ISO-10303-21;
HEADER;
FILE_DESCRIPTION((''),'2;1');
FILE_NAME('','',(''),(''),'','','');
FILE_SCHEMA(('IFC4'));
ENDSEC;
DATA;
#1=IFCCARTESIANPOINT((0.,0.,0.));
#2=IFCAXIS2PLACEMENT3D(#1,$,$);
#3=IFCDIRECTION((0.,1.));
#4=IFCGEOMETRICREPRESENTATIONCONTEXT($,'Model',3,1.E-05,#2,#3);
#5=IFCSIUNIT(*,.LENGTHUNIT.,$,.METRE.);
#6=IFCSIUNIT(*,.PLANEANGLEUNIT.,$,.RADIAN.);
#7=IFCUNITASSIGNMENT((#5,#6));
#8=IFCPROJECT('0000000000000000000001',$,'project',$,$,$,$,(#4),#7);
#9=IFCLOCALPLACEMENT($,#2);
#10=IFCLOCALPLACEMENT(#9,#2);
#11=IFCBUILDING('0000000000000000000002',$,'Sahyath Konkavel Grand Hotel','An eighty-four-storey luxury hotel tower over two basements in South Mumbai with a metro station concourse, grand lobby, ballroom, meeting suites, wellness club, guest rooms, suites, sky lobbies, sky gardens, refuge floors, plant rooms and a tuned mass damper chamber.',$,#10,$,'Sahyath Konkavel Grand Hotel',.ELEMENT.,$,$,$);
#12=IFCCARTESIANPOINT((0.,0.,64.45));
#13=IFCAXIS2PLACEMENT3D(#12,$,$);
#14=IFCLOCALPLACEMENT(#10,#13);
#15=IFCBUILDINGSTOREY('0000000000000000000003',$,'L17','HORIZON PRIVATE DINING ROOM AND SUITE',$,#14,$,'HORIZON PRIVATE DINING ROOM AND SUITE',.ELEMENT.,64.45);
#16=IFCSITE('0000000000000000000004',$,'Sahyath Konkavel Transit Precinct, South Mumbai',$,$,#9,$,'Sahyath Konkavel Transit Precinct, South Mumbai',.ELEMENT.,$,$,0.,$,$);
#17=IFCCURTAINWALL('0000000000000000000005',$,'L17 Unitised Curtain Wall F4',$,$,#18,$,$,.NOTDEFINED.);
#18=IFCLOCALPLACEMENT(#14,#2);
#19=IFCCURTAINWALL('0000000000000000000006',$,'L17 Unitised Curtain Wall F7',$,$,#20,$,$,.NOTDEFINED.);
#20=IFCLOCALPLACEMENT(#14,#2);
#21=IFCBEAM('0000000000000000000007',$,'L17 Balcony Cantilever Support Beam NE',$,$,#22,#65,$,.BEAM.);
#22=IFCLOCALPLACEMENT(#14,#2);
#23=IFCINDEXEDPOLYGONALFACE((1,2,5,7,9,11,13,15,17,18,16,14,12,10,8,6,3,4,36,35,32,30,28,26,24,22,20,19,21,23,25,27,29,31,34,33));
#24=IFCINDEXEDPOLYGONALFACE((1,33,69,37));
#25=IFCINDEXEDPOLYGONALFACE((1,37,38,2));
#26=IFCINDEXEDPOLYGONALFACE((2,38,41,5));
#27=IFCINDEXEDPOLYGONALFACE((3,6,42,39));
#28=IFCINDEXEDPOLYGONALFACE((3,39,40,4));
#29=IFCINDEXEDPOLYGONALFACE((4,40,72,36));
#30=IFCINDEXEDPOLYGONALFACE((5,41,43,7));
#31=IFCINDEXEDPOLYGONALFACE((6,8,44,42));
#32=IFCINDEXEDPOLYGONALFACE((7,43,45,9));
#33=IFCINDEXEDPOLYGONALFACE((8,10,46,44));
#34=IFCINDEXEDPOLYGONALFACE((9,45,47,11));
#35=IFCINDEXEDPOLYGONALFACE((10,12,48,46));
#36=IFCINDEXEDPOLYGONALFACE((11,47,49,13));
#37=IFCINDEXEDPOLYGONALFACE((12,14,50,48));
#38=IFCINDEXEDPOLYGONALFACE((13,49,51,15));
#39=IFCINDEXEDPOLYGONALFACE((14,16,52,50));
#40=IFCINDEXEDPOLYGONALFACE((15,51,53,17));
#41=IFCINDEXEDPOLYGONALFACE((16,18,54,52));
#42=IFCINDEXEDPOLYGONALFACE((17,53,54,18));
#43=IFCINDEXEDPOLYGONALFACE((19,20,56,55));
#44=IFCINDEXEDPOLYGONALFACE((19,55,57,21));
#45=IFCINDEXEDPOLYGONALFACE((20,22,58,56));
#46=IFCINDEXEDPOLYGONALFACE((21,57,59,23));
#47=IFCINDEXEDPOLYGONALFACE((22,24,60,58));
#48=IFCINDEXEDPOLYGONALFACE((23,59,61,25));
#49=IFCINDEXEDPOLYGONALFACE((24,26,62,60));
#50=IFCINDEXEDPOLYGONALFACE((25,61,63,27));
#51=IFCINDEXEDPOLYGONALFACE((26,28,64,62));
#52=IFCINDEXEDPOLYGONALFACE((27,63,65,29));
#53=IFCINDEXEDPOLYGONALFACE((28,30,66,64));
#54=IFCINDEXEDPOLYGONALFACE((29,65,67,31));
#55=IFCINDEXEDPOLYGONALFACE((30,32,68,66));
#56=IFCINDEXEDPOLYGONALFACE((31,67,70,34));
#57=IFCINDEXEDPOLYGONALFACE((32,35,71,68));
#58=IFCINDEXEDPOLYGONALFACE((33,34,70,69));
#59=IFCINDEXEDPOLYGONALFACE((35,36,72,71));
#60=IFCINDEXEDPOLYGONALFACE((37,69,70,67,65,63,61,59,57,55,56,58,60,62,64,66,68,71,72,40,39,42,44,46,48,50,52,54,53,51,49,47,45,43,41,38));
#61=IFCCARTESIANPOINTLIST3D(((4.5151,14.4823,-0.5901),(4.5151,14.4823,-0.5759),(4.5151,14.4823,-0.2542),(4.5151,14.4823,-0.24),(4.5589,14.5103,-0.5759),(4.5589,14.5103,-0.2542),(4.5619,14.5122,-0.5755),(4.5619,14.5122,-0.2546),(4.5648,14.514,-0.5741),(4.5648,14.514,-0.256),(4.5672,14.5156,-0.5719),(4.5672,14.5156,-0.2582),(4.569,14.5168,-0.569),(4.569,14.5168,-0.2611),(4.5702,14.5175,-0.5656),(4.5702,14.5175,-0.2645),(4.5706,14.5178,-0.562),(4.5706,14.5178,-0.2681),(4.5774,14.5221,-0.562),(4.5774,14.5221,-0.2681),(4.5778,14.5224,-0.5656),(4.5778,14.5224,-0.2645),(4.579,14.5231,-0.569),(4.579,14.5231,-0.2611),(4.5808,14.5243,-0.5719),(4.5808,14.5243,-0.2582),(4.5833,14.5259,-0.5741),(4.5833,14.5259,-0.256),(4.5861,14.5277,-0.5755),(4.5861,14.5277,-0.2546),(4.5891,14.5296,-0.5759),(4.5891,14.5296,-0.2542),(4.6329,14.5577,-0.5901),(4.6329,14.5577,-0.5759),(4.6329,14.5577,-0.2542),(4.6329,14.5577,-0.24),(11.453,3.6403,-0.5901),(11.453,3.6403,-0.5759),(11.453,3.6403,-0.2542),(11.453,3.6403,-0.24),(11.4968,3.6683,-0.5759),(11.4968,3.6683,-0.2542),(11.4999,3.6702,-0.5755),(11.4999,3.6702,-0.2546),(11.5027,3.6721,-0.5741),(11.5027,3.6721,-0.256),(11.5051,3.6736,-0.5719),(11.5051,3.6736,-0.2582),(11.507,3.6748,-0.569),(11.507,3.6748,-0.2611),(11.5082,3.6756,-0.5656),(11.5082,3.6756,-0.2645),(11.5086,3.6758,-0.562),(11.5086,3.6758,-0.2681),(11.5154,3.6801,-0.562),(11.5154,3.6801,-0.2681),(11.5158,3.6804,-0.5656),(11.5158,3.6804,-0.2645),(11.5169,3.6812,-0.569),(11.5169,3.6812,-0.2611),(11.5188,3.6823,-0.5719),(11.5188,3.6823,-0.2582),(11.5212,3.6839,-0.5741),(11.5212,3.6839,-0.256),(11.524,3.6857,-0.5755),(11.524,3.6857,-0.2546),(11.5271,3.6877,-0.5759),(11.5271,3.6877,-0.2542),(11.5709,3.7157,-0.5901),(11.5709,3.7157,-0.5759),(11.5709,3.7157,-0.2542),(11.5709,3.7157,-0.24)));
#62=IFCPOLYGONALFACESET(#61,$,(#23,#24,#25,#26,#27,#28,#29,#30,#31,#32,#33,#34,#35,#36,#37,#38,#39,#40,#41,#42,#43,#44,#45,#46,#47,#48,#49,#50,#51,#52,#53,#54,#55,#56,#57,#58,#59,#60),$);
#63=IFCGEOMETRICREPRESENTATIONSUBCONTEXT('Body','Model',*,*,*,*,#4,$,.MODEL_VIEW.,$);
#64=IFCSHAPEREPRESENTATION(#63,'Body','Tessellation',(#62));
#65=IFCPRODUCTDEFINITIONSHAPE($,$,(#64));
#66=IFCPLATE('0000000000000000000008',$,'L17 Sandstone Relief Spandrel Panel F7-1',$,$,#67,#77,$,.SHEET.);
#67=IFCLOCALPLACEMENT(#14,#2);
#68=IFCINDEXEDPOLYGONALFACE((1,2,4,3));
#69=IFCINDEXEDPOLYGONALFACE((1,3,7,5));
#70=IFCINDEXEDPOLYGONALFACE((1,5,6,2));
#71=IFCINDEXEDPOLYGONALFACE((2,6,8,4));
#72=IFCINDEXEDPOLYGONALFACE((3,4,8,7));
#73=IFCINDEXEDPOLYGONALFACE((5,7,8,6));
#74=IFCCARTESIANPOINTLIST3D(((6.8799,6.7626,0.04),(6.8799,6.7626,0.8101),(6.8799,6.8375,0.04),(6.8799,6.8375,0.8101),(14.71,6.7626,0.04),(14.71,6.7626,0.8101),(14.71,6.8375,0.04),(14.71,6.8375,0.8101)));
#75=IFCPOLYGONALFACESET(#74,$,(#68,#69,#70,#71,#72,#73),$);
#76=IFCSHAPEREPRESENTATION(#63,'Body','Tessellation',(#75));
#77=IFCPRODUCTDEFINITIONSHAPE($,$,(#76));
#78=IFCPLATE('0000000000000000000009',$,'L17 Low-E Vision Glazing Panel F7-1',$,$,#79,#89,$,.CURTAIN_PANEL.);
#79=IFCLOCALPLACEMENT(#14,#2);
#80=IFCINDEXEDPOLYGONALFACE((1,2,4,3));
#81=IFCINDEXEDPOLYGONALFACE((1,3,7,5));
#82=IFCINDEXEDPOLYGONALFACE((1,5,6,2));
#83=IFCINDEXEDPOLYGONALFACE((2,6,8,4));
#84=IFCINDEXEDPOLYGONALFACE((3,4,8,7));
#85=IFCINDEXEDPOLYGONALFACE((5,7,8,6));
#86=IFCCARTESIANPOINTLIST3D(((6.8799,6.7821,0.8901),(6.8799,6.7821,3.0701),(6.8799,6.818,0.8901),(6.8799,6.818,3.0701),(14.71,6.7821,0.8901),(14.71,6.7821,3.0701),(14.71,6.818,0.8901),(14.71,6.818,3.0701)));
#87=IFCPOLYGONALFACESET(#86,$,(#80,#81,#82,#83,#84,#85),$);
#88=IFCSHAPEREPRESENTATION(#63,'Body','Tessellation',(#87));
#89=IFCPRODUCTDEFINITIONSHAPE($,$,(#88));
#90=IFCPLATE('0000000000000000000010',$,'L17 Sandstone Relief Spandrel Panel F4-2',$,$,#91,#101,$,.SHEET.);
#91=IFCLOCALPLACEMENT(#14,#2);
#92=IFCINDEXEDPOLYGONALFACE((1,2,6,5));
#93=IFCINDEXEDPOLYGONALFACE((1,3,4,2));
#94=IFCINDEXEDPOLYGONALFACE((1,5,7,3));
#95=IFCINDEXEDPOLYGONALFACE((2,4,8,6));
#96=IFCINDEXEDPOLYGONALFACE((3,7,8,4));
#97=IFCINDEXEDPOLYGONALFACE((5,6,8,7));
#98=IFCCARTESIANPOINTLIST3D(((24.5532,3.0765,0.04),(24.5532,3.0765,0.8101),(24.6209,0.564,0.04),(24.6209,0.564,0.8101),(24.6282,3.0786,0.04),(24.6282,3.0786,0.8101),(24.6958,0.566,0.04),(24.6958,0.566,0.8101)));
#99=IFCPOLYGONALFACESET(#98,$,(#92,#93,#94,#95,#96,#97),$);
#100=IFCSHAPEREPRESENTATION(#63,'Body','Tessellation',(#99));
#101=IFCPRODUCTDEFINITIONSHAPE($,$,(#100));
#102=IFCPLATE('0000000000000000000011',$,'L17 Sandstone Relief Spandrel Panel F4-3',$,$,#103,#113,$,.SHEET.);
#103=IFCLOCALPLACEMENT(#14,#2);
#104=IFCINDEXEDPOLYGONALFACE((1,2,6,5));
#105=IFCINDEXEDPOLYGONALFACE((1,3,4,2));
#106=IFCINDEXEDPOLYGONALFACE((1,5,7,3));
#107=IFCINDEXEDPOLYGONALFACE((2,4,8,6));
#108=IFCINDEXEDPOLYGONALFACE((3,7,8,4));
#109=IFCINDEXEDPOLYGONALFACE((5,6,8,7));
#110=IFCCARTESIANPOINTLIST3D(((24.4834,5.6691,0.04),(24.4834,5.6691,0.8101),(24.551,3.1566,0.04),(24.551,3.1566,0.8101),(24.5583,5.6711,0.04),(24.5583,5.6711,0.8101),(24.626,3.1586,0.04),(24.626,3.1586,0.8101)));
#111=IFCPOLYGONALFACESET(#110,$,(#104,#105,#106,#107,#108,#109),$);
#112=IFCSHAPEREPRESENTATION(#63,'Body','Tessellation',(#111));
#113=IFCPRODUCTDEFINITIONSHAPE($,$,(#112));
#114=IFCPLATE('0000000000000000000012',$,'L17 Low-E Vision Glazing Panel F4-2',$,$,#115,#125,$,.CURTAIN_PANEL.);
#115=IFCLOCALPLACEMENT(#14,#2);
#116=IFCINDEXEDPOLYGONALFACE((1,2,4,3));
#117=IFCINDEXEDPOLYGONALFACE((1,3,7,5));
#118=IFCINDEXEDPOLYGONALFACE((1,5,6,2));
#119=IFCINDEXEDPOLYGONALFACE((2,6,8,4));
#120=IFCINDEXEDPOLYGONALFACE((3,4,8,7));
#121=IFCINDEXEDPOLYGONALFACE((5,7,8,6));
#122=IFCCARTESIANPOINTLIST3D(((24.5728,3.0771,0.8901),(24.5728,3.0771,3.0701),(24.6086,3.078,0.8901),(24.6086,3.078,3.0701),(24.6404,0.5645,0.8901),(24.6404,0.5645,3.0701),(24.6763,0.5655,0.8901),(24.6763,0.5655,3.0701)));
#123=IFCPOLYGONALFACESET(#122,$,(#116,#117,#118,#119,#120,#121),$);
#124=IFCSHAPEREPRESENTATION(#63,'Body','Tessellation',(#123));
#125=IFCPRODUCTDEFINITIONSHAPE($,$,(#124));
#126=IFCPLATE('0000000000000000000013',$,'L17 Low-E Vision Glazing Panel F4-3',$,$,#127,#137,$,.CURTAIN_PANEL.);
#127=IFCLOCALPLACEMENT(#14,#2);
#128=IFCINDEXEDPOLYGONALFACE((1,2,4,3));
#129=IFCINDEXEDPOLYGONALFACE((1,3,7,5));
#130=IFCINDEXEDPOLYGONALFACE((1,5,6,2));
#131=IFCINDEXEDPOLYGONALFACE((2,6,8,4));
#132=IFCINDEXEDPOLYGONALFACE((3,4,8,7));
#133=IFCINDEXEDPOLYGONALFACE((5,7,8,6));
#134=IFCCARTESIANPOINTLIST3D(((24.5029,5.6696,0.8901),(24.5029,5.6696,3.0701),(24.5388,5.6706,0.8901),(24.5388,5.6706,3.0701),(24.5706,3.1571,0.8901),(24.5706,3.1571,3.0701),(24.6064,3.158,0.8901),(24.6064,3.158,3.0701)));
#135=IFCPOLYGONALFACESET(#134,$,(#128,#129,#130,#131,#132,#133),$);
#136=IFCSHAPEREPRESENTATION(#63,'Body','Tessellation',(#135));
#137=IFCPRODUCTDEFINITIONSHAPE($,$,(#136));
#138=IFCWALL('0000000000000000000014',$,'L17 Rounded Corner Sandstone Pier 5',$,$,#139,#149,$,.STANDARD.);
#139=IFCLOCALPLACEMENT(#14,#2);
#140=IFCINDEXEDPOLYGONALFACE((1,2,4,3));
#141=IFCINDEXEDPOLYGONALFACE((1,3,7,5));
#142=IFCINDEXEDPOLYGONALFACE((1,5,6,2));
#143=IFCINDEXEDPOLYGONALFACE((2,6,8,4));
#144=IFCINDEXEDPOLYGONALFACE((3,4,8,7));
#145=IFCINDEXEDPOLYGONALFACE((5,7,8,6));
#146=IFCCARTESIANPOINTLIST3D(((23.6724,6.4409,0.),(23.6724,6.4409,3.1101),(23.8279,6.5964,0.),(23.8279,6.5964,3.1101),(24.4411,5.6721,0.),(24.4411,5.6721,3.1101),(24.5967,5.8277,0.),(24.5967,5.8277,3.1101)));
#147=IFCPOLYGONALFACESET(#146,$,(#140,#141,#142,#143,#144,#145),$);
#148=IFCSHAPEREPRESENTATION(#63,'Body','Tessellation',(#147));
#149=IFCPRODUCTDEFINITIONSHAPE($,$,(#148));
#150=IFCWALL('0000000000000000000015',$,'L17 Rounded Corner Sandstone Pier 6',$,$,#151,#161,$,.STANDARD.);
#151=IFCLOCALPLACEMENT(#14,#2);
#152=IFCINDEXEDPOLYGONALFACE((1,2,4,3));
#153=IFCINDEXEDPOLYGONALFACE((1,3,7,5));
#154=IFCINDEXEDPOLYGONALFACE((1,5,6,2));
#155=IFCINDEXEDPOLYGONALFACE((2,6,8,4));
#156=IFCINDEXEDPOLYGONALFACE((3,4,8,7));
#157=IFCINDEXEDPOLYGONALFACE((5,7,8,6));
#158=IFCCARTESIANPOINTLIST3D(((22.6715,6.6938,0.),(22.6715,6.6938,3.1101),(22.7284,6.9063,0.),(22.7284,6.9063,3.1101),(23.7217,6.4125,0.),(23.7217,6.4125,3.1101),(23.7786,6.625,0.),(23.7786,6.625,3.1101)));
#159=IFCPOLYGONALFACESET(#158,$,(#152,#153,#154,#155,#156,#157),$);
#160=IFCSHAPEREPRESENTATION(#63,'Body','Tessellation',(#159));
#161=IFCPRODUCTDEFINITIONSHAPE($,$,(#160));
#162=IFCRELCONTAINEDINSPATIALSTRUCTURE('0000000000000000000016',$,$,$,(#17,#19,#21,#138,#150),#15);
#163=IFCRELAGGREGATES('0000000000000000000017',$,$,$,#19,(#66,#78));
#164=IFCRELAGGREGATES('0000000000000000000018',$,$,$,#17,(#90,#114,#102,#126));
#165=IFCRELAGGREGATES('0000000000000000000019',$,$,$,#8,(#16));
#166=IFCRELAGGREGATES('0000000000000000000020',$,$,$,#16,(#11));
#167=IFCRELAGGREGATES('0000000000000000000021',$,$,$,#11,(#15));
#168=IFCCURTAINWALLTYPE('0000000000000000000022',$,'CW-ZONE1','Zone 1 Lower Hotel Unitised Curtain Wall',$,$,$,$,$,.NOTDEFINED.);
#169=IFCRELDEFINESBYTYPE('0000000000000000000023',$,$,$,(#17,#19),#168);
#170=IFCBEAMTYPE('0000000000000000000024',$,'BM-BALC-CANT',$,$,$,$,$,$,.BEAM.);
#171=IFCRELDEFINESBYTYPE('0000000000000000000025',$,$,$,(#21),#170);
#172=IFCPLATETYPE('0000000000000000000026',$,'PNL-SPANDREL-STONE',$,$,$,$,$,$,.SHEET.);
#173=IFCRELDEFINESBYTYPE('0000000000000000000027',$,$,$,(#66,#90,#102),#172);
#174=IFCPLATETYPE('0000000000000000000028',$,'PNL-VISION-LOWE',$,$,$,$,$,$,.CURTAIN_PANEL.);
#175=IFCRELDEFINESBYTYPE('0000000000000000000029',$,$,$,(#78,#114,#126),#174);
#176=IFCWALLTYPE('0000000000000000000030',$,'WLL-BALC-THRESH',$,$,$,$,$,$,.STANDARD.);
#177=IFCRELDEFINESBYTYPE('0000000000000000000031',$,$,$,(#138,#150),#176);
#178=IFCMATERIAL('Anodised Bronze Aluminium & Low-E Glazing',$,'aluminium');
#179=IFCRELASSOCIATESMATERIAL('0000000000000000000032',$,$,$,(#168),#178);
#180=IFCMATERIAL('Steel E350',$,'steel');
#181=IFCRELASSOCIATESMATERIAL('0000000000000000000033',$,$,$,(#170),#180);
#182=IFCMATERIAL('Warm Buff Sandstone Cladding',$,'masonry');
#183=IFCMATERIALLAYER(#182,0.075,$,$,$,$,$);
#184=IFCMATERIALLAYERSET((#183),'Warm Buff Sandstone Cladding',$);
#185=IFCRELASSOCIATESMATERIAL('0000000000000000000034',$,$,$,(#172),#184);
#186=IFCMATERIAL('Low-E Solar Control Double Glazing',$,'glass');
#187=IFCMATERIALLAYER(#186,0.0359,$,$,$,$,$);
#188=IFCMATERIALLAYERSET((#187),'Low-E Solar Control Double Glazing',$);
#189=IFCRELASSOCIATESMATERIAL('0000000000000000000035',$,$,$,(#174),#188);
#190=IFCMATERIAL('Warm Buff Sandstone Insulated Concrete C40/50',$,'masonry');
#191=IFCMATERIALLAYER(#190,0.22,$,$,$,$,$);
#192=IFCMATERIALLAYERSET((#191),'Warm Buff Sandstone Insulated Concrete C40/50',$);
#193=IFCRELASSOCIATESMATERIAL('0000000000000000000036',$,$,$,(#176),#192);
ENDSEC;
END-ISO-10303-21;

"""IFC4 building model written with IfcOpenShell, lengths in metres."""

from ifc_helpers import new_model, si_unit, direction, frame, frame_2d, origin, origin_2d, place, context, subcontext, project, spatial, rectangle, i_section, extrude, source, transform, mapped, material, layer, layer_set, material_profile, profile_set, type_object, element, aggregate, save


model = new_model("IFC4")

# Units and contexts
model_context = context("Model", 3, precision=1e-05, world=origin(), true_north=direction((0.0, 1.0)))
body_context = subcontext(model_context, "Body", "Model", "MODEL_VIEW")
ifc_project = project(units=[si_unit("LENGTHUNIT", "METRE"), si_unit("PLANEANGLEUNIT", "RADIAN")], contexts=[model_context])

# Site, building, storey
site_placement = place(None, origin())
site = spatial("IfcSite", under=ifc_project, at=site_placement, Name="Sahyath Konkavel Transit Precinct, South Mumbai", LongName="Sahyath Konkavel Transit Precinct, South Mumbai", CompositionType="ELEMENT", RefElevation=0.0)
building_placement = place(site_placement, origin())
building = spatial("IfcBuilding", under=site, at=building_placement, Name="Sahyath Konkavel Grand Hotel", Description="An eighty-four-storey luxury hotel tower over two basements in South Mumbai with a metro station concourse, grand lobby, ballroom, meeting suites, wellness club, guest rooms, suites, sky lobbies, sky gardens, refuge floors, plant rooms and a tuned mass damper chamber.", LongName="Sahyath Konkavel Grand Hotel", CompositionType="ELEMENT")
storey_placement = place(building_placement, frame((0.0, 0.0, 64.45)))
storey = spatial("IfcBuildingStorey", under=building, at=storey_placement, Name="L17", Description="HORIZON PRIVATE DINING ROOM AND SUITE", LongName="HORIZON PRIVATE DINING ROOM AND SUITE", CompositionType="ELEMENT", Elevation=64.45)

# Shared definitions
ifc_material_1 = material(Name="Steel E350", Category="steel")

# Curtain wall
ifc_material_2 = material(Name="Anodised Bronze Aluminium & Low-E Glazing", Category="aluminium")
curtain_wall_type = type_object("IfcCurtainWallType", Name="CW-ZONE1", Description="Zone 1 Lower Hotel Unitised Curtain Wall", PredefinedType="NOTDEFINED", material=ifc_material_2)
curtain_wall_1_placement = place(storey_placement, origin())
curtain_wall_1 = element("IfcCurtainWall", 1, at=curtain_wall_1_placement, inside=storey, type_object=curtain_wall_type, Name="L17 Unitised Curtain Wall F4", PredefinedType="NOTDEFINED")

# Curtain wall
curtain_wall_2_placement = place(storey_placement, origin())
curtain_wall_2 = element("IfcCurtainWall", 2, at=curtain_wall_2_placement, inside=storey, type_object=curtain_wall_type, Name="L17 Unitised Curtain Wall F7", PredefinedType="NOTDEFINED")

# Beam
ifc_material_profile_1 = material_profile(ifc_material_1, i_section(OverallWidth=0.1399, OverallDepth=0.3501, WebThickness=0.0081, FlangeThickness=0.0142, FilletRadius=0.0139, at=origin_2d()), Name="ISMB 350")
ifc_profile_set_1 = profile_set([ifc_material_profile_1], Name="Steel E350")
beam_type_1 = type_object("IfcBeamType", Name="BM-BALC-CANT", PredefinedType="BEAM", material=ifc_profile_set_1)
shared_shape_1 = source(origin(), body_context, "Body", "SweptSolid", [
    extrude(i_section(OverallWidth=0.1399, OverallDepth=0.3501, WebThickness=0.0081, FlangeThickness=0.0142, FilletRadius=0.0139, at=origin_2d()), origin(), (0.0, 0.0, 1.0), 12.8718),
])
beam_1_placement = place(storey_placement, frame((11.512, 3.678, -0.415), z_axis=(-0.539003, 0.842304, 0.0), x_axis=(-0.842304, -0.539003, 0.0)))
element("IfcBeam", 3, at=beam_1_placement, inside=storey, type_object=beam_type_1, Name="L17 Balcony Cantilever Support Beam NE", PredefinedType="BEAM", context=body_context, shape_type="MappedRepresentation", body=[
    mapped(shared_shape_1, transform((0.0, 0.0, 0.0), scale=1.0)),
])

# Plates
ifc_material_3 = material(Name="Warm Buff Sandstone Cladding", Category="masonry")
ifc_layer_1 = layer(ifc_material_3, 0.075)
ifc_layer_set_1 = layer_set([ifc_layer_1], Name="Warm Buff Sandstone Cladding")
plate_type_1 = type_object("IfcPlateType", Name="PNL-SPANDREL-STONE", PredefinedType="SHEET", material=ifc_layer_set_1)
shared_shape_2 = source(origin(), body_context, "Body", "SweptSolid", [
    extrude(rectangle(XDim=7.8301, YDim=0.075, at=origin_2d()), origin(), (0.0, 0.0, 1.0), 0.77),
])
plate_1_placement = place(storey_placement, frame((10.7949, 6.8, 0.04), z_axis=(0.0, 0.0, 1.0), x_axis=(-1.0, 0.0, 0.0)))
plate_1 = element("IfcPlate", 4, at=plate_1_placement, type_object=plate_type_1, Name="L17 Sandstone Relief Spandrel Panel F7-1", PredefinedType="SHEET", context=body_context, shape_type="MappedRepresentation", body=[
    mapped(shared_shape_2, transform((0.0, 0.0, 0.0), scale=1.0)),
])
ifc_material_4 = material(Name="Low-E Solar Control Double Glazing", Category="glass")
ifc_layer_2 = layer(ifc_material_4, 0.0359)
ifc_layer_set_2 = layer_set([ifc_layer_2], Name="Low-E Solar Control Double Glazing")
plate_type_2 = type_object("IfcPlateType", Name="PNL-VISION-LOWE", PredefinedType="CURTAIN_PANEL", material=ifc_layer_set_2)
shared_shape_3 = source(origin(), body_context, "Body", "SweptSolid", [
    extrude(rectangle(XDim=7.8301, YDim=0.0359, at=origin_2d()), origin(), (0.0, 0.0, 1.0), 2.1799),
])
plate_2_placement = place(storey_placement, frame((10.7949, 6.8, 0.8901), z_axis=(0.0, 0.0, 1.0), x_axis=(-1.0, 0.0, 0.0)))
plate_2 = element("IfcPlate", 5, at=plate_2_placement, type_object=plate_type_2, Name="L17 Low-E Vision Glazing Panel F7-1", PredefinedType="CURTAIN_PANEL", context=body_context, shape_type="MappedRepresentation", body=[
    mapped(shared_shape_3, transform((0.0, 0.0, 0.0), scale=1.0)),
])
aggregate(curtain_wall_2, [plate_1, plate_2])
shared_shape_4 = source(origin(), body_context, "Body", "SweptSolid", [
    extrude(rectangle(XDim=2.5134, YDim=0.075, at=origin_2d()), origin(), (0.0, 0.0, 1.0), 0.77),
])
plate_3_placement = place(storey_placement, frame((24.6245, 1.8213, 0.04), z_axis=(0.0, 0.0, 1.0), x_axis=(-0.02691, 0.999638, 0.0)))
plate_3 = element("IfcPlate", 6, at=plate_3_placement, type_object=plate_type_1, Name="L17 Sandstone Relief Spandrel Panel F4-2", PredefinedType="SHEET", context=body_context, shape_type="MappedRepresentation", body=[
    mapped(shared_shape_4, transform((0.0, 0.0, 0.0), scale=1.0)),
])
plate_4_placement = place(storey_placement, frame((24.5547, 4.4138, 0.04), z_axis=(0.0, 0.0, 1.0), x_axis=(-0.02691, 0.999638, 0.0)))
plate_4 = element("IfcPlate", 7, at=plate_4_placement, type_object=plate_type_1, Name="L17 Sandstone Relief Spandrel Panel F4-3", PredefinedType="SHEET", context=body_context, shape_type="MappedRepresentation", body=[
    mapped(shared_shape_4, transform((0.0, 0.0, 0.0), scale=1.0)),
])
shared_shape_5 = source(origin(), body_context, "Body", "SweptSolid", [
    extrude(rectangle(XDim=2.5134, YDim=0.0359, at=origin_2d()), origin(), (0.0, 0.0, 1.0), 2.1799),
])
plate_5_placement = place(storey_placement, frame((24.6245, 1.8213, 0.8901), z_axis=(0.0, 0.0, 1.0), x_axis=(-0.02691, 0.999638, 0.0)))
plate_5 = element("IfcPlate", 8, at=plate_5_placement, type_object=plate_type_2, Name="L17 Low-E Vision Glazing Panel F4-2", PredefinedType="CURTAIN_PANEL", context=body_context, shape_type="MappedRepresentation", body=[
    mapped(shared_shape_5, transform((0.0, 0.0, 0.0), scale=1.0)),
])
plate_6_placement = place(storey_placement, frame((24.5547, 4.4138, 0.8901), z_axis=(0.0, 0.0, 1.0), x_axis=(-0.02691, 0.999638, 0.0)))
plate_6 = element("IfcPlate", 9, at=plate_6_placement, type_object=plate_type_2, Name="L17 Low-E Vision Glazing Panel F4-3", PredefinedType="CURTAIN_PANEL", context=body_context, shape_type="MappedRepresentation", body=[
    mapped(shared_shape_5, transform((0.0, 0.0, 0.0), scale=1.0)),
])
aggregate(curtain_wall_1, [plate_3, plate_5, plate_4, plate_6])

# Walls
ifc_material_5 = material(Name="Warm Buff Sandstone Insulated Concrete C40/50", Category="masonry")
ifc_layer_3 = layer(ifc_material_5, 0.22)
ifc_layer_set_3 = layer_set([ifc_layer_3], Name="Warm Buff Sandstone Insulated Concrete C40/50")
wall_type_1 = type_object("IfcWallType", Name="WLL-BALC-THRESH", PredefinedType="STANDARD", material=ifc_layer_set_3)
for number, where, z_axis, x_axis, name in (
    (10, (24.5188, 5.75, 0.0), (0.0, 0.0, 1.0), (-0.707107, 0.707107, 0.0), "L17 Rounded Corner Sandstone Pier 5"),
    (11, (23.75, 6.5188, 0.0), (0.0, 0.0, 1.0), (-0.965951, 0.258725, 0.0), "L17 Rounded Corner Sandstone Pier 6"),
):
    element("IfcWall", number, at=place(storey_placement, frame(where, z_axis=z_axis, x_axis=x_axis)), inside=storey, type_object=wall_type_1, Name=name, PredefinedType="STANDARD", context=body_context, shape_type="SweptSolid", body=[
        extrude(rectangle(XDim=1.0872, YDim=0.22, at=frame_2d((0.5435, 0.0))), origin(), (0.0, 0.0, 1.0), 3.1101),
    ])

save(model, "model.ifc")
